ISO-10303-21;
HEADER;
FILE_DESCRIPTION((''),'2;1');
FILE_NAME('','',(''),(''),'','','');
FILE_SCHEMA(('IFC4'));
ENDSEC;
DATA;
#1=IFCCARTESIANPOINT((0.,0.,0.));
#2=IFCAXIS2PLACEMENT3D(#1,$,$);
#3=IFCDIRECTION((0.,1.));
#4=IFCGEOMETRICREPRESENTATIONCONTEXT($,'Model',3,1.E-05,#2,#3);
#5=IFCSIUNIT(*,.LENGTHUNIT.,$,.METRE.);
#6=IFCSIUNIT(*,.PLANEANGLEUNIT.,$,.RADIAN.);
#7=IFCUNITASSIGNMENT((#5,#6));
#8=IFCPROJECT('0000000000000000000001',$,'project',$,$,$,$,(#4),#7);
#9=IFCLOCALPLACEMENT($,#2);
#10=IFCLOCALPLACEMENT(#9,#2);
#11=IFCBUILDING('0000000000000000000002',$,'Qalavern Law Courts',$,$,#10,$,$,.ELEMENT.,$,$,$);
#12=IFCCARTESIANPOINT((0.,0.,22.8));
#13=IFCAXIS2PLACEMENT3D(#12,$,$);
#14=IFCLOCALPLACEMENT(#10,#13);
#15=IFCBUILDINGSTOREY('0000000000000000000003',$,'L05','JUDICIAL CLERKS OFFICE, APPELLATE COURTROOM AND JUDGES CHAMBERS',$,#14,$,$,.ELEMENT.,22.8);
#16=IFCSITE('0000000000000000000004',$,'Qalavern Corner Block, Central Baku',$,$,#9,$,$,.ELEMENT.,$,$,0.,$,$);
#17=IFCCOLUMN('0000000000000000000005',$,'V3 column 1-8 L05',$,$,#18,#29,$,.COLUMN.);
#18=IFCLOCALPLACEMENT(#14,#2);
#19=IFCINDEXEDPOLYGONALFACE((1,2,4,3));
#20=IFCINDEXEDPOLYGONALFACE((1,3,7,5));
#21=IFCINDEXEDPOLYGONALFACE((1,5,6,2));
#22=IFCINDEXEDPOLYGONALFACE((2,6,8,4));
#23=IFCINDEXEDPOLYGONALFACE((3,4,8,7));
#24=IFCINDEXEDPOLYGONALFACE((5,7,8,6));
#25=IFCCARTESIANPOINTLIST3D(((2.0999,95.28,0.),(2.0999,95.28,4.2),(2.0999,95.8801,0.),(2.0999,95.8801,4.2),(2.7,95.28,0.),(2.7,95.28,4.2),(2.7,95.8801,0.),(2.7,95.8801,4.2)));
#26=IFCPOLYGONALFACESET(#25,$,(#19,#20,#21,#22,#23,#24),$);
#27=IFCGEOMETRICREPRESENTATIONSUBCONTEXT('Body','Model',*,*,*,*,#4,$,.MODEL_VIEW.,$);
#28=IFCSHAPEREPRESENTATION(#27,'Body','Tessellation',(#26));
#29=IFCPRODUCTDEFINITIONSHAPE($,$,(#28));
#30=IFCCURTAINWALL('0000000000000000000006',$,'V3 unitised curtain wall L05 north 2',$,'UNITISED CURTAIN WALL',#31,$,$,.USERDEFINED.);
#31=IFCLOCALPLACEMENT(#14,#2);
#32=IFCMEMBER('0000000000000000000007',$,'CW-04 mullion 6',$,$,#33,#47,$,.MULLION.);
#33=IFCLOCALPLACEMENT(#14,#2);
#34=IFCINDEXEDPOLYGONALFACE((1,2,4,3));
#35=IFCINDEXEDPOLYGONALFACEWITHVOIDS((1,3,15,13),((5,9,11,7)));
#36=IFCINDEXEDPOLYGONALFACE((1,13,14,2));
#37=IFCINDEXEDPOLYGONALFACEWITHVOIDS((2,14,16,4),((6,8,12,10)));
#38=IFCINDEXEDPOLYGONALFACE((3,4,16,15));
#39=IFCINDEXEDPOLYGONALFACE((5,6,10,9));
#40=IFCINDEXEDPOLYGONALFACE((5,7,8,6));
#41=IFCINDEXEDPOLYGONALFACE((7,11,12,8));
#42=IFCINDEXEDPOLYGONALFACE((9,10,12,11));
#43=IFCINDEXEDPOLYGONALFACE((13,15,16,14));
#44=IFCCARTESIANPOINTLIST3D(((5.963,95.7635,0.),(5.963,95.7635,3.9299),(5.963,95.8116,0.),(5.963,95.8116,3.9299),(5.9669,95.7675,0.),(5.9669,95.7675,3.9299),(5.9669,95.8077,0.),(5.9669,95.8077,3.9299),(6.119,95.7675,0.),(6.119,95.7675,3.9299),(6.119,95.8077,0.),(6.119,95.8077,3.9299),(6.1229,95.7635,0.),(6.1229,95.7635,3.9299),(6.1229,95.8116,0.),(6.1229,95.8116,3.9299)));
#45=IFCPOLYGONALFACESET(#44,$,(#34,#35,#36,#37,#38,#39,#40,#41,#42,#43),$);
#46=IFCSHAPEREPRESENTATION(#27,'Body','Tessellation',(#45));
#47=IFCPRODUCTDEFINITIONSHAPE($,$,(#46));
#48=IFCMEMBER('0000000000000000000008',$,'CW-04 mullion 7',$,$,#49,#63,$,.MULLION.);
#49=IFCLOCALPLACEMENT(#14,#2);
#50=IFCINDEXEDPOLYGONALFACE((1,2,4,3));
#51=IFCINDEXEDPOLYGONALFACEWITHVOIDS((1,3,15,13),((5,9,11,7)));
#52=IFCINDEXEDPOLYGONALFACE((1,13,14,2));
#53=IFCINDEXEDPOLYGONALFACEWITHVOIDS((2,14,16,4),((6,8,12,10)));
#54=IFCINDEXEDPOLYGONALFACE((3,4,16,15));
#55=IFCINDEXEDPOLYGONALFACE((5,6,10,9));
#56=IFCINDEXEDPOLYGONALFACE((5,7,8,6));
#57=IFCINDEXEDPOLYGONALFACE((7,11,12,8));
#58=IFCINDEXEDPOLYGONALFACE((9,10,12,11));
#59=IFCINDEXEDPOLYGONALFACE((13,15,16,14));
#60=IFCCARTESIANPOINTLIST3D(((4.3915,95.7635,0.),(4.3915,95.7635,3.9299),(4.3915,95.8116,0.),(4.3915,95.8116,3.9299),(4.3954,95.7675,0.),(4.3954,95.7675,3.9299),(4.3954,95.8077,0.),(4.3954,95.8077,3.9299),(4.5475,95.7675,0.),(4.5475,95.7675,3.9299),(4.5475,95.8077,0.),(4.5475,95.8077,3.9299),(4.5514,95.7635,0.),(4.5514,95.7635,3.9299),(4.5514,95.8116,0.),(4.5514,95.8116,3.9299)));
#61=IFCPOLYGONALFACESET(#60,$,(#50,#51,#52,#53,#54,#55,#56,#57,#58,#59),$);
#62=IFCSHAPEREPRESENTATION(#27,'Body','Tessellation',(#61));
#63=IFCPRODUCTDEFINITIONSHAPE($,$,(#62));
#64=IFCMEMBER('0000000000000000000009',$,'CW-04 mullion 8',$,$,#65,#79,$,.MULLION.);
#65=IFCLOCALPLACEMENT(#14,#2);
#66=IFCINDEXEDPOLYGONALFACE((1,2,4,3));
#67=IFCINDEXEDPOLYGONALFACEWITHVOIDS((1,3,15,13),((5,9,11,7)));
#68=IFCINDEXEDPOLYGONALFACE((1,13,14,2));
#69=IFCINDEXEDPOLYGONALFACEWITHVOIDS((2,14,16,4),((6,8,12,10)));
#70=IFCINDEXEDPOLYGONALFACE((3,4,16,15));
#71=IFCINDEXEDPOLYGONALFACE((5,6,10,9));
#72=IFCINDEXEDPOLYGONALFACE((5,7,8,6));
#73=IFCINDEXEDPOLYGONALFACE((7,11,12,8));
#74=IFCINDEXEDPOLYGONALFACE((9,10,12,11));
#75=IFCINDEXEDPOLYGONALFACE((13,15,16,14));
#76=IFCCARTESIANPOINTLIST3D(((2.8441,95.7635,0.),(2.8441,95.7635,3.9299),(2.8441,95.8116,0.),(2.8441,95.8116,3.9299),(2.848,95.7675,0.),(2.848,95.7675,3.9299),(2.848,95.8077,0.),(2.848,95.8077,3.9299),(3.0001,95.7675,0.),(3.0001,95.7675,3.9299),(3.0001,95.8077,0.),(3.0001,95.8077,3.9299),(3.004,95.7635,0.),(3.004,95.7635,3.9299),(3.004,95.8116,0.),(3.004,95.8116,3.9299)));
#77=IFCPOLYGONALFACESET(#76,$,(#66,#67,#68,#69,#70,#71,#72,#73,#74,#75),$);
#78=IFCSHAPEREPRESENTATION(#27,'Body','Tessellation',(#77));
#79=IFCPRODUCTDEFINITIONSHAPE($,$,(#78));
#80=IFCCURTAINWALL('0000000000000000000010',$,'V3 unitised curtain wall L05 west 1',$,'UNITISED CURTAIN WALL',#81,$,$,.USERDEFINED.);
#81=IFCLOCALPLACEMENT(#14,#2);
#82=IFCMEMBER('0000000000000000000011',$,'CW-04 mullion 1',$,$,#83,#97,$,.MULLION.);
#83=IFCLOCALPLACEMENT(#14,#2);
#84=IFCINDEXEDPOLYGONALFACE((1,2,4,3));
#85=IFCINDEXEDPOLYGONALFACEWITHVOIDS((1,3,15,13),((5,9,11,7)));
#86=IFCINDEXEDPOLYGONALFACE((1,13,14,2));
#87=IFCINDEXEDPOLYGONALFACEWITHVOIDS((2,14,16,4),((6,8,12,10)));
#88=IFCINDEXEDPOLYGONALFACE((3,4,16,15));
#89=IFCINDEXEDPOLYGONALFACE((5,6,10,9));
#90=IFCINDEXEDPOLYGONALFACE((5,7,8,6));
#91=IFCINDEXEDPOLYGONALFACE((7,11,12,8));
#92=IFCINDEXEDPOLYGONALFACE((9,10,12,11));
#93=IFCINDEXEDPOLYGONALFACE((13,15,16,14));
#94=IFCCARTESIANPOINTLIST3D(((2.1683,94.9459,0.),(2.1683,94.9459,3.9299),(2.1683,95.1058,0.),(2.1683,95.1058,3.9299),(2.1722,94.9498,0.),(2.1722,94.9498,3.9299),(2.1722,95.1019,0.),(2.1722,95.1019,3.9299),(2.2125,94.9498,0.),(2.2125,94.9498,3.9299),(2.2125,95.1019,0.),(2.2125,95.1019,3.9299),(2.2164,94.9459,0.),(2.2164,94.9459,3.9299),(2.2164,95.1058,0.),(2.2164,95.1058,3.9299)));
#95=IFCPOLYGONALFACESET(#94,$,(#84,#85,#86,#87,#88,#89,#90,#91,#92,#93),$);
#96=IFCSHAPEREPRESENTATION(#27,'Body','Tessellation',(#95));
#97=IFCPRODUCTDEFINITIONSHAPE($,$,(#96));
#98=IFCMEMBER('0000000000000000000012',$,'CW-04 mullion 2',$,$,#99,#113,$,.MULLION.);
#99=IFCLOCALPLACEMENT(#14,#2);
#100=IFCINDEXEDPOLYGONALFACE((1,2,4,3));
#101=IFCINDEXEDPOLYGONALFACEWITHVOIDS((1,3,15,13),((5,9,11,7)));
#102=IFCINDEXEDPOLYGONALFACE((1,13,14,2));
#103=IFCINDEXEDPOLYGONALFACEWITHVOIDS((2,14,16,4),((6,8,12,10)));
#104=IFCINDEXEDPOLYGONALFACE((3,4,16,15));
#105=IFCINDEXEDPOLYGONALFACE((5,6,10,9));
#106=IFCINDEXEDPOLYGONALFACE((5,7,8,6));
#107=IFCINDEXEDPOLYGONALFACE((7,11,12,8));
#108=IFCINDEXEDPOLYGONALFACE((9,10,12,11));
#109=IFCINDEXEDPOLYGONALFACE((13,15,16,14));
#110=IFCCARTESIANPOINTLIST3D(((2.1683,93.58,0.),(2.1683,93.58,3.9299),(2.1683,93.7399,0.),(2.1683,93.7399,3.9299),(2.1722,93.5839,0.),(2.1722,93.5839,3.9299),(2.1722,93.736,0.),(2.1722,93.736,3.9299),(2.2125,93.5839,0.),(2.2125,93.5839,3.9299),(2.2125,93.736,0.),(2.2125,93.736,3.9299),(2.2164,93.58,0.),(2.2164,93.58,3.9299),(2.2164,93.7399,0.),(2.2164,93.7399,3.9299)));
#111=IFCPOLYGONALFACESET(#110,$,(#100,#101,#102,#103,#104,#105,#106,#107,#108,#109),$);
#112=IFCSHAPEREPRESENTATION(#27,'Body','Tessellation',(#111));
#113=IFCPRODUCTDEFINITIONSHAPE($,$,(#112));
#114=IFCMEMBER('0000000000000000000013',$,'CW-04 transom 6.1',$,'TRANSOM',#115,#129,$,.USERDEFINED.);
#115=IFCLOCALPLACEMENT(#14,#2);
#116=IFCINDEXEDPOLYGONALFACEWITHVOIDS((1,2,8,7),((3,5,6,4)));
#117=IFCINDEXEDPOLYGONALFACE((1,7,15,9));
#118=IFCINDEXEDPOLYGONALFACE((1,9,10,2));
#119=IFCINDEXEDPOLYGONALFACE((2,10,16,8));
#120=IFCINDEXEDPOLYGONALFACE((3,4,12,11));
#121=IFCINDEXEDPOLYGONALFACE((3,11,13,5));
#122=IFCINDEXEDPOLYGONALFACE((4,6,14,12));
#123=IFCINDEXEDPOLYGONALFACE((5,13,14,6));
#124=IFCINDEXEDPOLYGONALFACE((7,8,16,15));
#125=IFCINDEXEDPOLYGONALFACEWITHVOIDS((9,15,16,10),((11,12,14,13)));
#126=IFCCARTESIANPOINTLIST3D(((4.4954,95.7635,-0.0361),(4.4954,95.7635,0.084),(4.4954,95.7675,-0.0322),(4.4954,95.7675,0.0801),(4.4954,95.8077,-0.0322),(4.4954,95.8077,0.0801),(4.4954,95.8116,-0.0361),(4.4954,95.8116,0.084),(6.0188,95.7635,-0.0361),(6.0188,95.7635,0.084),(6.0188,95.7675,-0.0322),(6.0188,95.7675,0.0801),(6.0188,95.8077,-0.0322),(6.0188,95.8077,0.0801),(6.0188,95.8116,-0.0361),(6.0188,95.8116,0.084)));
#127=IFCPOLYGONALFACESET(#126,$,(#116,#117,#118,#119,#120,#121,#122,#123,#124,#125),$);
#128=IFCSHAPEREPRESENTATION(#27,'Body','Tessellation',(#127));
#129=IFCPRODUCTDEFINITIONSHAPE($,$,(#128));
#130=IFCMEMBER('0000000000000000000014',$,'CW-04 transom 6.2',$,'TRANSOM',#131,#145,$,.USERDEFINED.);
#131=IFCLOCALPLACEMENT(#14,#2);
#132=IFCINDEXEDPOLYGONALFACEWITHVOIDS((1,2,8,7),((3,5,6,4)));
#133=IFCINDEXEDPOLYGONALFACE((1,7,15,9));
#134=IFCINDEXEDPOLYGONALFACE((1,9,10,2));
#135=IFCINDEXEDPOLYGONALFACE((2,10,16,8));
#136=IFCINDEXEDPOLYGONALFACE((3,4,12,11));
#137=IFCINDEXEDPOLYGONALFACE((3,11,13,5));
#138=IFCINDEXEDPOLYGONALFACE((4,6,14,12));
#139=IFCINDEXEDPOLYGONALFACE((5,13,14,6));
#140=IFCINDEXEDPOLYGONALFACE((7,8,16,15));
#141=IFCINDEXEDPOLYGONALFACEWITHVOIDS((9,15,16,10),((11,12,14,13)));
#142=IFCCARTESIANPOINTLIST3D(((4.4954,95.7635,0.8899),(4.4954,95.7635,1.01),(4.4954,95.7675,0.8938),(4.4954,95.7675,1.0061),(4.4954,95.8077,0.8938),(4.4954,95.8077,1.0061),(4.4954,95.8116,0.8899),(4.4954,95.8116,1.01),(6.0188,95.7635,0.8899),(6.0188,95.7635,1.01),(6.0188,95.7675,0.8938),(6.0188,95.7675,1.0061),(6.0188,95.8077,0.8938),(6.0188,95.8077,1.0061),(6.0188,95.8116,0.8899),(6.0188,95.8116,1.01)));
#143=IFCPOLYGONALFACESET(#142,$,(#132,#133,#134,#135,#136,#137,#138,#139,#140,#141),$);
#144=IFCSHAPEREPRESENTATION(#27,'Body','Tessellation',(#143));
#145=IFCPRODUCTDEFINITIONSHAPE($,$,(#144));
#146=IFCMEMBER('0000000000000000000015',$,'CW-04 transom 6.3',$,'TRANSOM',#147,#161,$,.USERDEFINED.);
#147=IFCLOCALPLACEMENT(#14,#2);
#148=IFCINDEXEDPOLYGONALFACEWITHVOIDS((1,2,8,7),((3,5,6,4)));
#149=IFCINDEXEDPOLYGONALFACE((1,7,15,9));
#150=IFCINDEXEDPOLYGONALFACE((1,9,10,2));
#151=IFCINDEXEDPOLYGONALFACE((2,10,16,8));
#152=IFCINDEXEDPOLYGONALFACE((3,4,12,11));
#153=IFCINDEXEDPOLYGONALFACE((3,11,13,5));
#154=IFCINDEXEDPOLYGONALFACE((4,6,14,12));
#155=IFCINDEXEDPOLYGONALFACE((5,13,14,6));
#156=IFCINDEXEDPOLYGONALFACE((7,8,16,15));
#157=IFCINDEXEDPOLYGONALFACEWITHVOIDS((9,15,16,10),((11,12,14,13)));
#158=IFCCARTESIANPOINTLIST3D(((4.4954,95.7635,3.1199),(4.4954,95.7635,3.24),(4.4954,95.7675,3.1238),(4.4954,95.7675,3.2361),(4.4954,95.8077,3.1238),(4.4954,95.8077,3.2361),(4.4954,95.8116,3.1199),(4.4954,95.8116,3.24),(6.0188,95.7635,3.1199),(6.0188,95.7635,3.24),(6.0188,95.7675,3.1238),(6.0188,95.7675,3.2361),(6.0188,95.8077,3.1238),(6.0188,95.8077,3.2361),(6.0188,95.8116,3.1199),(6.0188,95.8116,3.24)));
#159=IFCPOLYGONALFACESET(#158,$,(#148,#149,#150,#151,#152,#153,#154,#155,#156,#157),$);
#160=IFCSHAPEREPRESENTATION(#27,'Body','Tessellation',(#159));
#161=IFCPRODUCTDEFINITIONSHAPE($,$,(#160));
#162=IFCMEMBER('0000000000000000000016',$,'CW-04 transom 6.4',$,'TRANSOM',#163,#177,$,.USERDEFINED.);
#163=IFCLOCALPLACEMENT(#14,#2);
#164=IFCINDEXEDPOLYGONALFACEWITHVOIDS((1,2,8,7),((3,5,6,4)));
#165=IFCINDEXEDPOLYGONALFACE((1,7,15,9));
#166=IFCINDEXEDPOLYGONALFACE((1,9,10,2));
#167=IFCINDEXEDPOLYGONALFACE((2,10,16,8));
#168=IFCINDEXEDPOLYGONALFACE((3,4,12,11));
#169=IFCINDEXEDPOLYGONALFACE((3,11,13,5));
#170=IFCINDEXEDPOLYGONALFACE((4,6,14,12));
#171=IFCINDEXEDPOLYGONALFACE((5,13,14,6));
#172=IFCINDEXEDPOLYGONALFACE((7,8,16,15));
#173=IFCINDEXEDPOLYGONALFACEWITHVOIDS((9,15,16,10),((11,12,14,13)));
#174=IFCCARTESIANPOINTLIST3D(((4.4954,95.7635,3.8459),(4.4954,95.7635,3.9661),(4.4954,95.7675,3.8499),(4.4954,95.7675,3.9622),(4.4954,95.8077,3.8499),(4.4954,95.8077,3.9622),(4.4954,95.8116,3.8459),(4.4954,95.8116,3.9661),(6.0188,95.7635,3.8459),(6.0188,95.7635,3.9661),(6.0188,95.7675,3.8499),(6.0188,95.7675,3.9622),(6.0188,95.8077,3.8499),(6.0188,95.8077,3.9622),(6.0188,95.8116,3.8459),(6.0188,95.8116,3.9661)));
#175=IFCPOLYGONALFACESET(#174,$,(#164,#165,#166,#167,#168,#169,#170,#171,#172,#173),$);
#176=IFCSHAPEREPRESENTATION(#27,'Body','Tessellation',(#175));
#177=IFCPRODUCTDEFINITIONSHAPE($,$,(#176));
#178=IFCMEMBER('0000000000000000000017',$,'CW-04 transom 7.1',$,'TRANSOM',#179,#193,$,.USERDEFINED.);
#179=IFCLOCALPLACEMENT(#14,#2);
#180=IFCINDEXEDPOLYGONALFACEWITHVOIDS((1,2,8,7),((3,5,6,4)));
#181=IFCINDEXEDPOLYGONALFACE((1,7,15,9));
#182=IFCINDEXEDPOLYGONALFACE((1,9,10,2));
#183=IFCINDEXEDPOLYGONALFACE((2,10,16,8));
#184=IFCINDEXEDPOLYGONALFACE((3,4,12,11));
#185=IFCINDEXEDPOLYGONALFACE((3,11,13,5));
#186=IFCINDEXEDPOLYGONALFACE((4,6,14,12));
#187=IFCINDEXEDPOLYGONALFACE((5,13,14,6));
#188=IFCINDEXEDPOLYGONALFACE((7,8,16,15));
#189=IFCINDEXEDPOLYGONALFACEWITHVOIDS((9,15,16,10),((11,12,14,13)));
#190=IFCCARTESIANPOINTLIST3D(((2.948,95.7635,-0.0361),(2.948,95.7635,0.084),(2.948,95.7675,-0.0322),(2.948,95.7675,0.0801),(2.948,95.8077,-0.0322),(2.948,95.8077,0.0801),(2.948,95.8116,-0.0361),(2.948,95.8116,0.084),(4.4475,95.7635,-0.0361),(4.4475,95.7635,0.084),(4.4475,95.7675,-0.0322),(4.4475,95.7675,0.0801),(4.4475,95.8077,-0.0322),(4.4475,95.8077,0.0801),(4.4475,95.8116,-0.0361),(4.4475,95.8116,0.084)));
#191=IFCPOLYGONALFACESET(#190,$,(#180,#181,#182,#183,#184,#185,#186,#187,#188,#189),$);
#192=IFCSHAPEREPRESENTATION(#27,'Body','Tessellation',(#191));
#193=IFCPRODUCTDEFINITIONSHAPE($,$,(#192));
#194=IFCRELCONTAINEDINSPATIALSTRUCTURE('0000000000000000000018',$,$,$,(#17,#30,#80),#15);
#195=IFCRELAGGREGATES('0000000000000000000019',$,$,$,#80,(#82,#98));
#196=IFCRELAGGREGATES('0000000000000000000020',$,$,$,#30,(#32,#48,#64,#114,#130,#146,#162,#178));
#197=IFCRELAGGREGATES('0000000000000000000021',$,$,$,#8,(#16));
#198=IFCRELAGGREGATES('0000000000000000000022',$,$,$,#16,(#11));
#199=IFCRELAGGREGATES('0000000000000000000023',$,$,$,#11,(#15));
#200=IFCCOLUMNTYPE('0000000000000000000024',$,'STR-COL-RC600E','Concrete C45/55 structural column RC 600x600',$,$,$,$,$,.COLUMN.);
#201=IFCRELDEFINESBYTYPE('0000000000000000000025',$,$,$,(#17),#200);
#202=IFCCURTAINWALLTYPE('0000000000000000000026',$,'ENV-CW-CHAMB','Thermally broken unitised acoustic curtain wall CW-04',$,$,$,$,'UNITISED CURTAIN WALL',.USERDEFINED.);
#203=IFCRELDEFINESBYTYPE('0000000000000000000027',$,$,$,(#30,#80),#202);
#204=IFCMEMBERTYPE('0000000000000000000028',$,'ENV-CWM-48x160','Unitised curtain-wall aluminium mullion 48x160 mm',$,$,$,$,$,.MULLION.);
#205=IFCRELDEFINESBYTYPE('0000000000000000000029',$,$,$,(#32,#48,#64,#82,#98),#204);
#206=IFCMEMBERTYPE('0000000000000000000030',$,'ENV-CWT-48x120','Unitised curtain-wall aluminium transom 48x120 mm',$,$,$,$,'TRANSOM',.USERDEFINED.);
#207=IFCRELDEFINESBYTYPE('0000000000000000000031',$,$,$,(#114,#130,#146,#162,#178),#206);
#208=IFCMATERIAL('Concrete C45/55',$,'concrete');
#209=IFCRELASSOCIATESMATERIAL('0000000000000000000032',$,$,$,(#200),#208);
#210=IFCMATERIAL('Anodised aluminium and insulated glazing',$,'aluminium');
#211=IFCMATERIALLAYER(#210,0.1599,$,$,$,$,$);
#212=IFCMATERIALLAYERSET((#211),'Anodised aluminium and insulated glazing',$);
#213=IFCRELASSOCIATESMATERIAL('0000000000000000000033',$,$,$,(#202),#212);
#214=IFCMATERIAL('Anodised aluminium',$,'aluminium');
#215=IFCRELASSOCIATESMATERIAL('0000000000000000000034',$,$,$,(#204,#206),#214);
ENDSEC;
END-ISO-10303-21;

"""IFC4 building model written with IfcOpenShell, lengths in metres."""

from ifc_helpers import new_model, si_unit, direction, frame, origin, origin_2d, place, context, subcontext, project, spatial, rectangle, hollow_rectangle, extrude, material, layer, layer_set, material_profile, profile_set, type_object, element, aggregate, save


model = new_model("IFC4")

# Units and contexts
model_context = context("Model", 3, precision=1e-05, world=origin(), true_north=direction((0.0, 1.0)))
body_context = subcontext(model_context, "Body", "Model", "MODEL_VIEW")
ifc_project = project(units=[si_unit("LENGTHUNIT", "METRE"), si_unit("PLANEANGLEUNIT", "RADIAN")], contexts=[model_context])

# Site, building, storey
site_placement = place(None, origin())
site = spatial("IfcSite", under=ifc_project, at=site_placement, Name="Qalavern Corner Block, Central Baku", CompositionType="ELEMENT", RefElevation=0.0)
building_placement = place(site_placement, origin())
building = spatial("IfcBuilding", under=site, at=building_placement, Name="Qalavern Law Courts", CompositionType="ELEMENT")
storey_placement = place(building_placement, frame((0.0, 0.0, 22.8)))
storey = spatial("IfcBuildingStorey", under=building, at=storey_placement, Name="L05", Description="JUDICIAL CLERKS OFFICE, APPELLATE COURTROOM AND JUDGES CHAMBERS", CompositionType="ELEMENT", Elevation=22.8)

# Column
ifc_material_1 = material(Name="Concrete C45/55", Category="concrete")
ifc_material_profile_1 = material_profile(ifc_material_1, rectangle(XDim=0.6001, YDim=0.6001, at=origin_2d()), Name="RC 600x600")
ifc_profile_set_1 = profile_set([ifc_material_profile_1], Name="Concrete C45/55")
column_type = type_object("IfcColumnType", Name="STR-COL-RC600E", Description="Concrete C45/55 structural column RC 600x600", PredefinedType="COLUMN", material=ifc_profile_set_1)
column_placement = place(storey_placement, frame((2.3999, 95.5801, 0.0), z_axis=(0.0, 0.0, 1.0), x_axis=(1.0, 0.0, 0.0)))
element("IfcColumn", 1, at=column_placement, inside=storey, type_object=column_type, Name="V3 column 1-8 L05", PredefinedType="COLUMN", context=body_context, shape_type="SweptSolid", body=[
    extrude(rectangle(XDim=0.6001, YDim=0.6001, at=origin_2d()), origin(), (0.0, 0.0, 1.0), 4.2),
])

# Curtain walls, members
ifc_material_2 = material(Name="Anodised aluminium and insulated glazing", Category="aluminium")
ifc_layer_1 = layer(ifc_material_2, 0.1599)
ifc_layer_set_1 = layer_set([ifc_layer_1], Name="Anodised aluminium and insulated glazing")
curtain_wall_type = type_object("IfcCurtainWallType", Name="ENV-CW-CHAMB", Description="Thermally broken unitised acoustic curtain wall CW-04", ElementType="UNITISED CURTAIN WALL", PredefinedType="USERDEFINED", material=ifc_layer_set_1)
curtain_wall_1_placement = place(storey_placement, origin())
curtain_wall_1 = element("IfcCurtainWall", 2, at=curtain_wall_1_placement, inside=storey, type_object=curtain_wall_type, Name="V3 unitised curtain wall L05 north 2", ObjectType="UNITISED CURTAIN WALL", PredefinedType="USERDEFINED")
ifc_material_3 = material(Name="Anodised aluminium", Category="aluminium")
ifc_material_profile_2 = material_profile(ifc_material_3, hollow_rectangle(XDim=0.0481, YDim=0.1599, WallThickness=0.0039, at=origin_2d()), Name="ALU MULLION 48x160")
ifc_profile_set_2 = profile_set([ifc_material_profile_2], Name="Anodised aluminium")
member_type_1 = type_object("IfcMemberType", Name="ENV-CWM-48x160", Description="Unitised curtain-wall aluminium mullion 48x160 mm", PredefinedType="MULLION", material=ifc_profile_set_2)
member_1_placement = place(storey_placement, frame((6.043, 95.7876, 0.0), z_axis=(0.0, 0.0, 1.0), x_axis=(0.0, -1.0, 0.0)))
member_1 = element("IfcMember", 3, at=member_1_placement, type_object=member_type_1, Name="CW-04 mullion 6", PredefinedType="MULLION", context=body_context, shape_type="SweptSolid", body=[
    extrude(hollow_rectangle(XDim=0.0481, YDim=0.1599, WallThickness=0.0039, at=origin_2d()), origin(), (0.0, 0.0, 1.0), 3.9299),
])
member_2_placement = place(storey_placement, frame((4.4714, 95.7876, 0.0), z_axis=(0.0, 0.0, 1.0), x_axis=(0.0, -1.0, 0.0)))
member_2 = element("IfcMember", 4, at=member_2_placement, type_object=member_type_1, Name="CW-04 mullion 7", PredefinedType="MULLION", context=body_context, shape_type="SweptSolid", body=[
    extrude(hollow_rectangle(XDim=0.0481, YDim=0.1599, WallThickness=0.0039, at=origin_2d()), origin(), (0.0, 0.0, 1.0), 3.9299),
])
member_3_placement = place(storey_placement, frame((2.9241, 95.7876, 0.0), z_axis=(0.0, 0.0, 1.0), x_axis=(0.0, -1.0, 0.0)))
member_3 = element("IfcMember", 5, at=member_3_placement, type_object=member_type_1, Name="CW-04 mullion 8", PredefinedType="MULLION", context=body_context, shape_type="SweptSolid", body=[
    extrude(hollow_rectangle(XDim=0.0481, YDim=0.1599, WallThickness=0.0039, at=origin_2d()), origin(), (0.0, 0.0, 1.0), 3.9299),
])
curtain_wall_2_placement = place(storey_placement, origin())
curtain_wall_2 = element("IfcCurtainWall", 6, at=curtain_wall_2_placement, inside=storey, type_object=curtain_wall_type, Name="V3 unitised curtain wall L05 west 1", ObjectType="UNITISED CURTAIN WALL", PredefinedType="USERDEFINED")
member_4_placement = place(storey_placement, frame((2.1924, 95.0259, 0.0), z_axis=(0.0, 0.0, 1.0), x_axis=(1.0, 0.0, 0.0)))
member_4 = element("IfcMember", 7, at=member_4_placement, type_object=member_type_1, Name="CW-04 mullion 1", PredefinedType="MULLION", context=body_context, shape_type="SweptSolid", body=[
    extrude(hollow_rectangle(XDim=0.0481, YDim=0.1599, WallThickness=0.0039, at=origin_2d()), origin(), (0.0, 0.0, 1.0), 3.9299),
])
member_5_placement = place(storey_placement, frame((2.1924, 93.6599, 0.0), z_axis=(0.0, 0.0, 1.0), x_axis=(1.0, 0.0, 0.0)))
member_5 = element("IfcMember", 8, at=member_5_placement, type_object=member_type_1, Name="CW-04 mullion 2", PredefinedType="MULLION", context=body_context, shape_type="SweptSolid", body=[
    extrude(hollow_rectangle(XDim=0.0481, YDim=0.1599, WallThickness=0.0039, at=origin_2d()), origin(), (0.0, 0.0, 1.0), 3.9299),
])

# Members
ifc_material_profile_3 = material_profile(ifc_material_3, hollow_rectangle(XDim=0.0481, YDim=0.1201, WallThickness=0.0039, at=origin_2d()), Name="ALU TRANSOM 48x120")
ifc_profile_set_3 = profile_set([ifc_material_profile_3], Name="Anodised aluminium")
member_type_2 = type_object("IfcMemberType", Name="ENV-CWT-48x120", Description="Unitised curtain-wall aluminium transom 48x120 mm", ElementType="TRANSOM", PredefinedType="USERDEFINED", material=ifc_profile_set_3)
member_6_placement = place(storey_placement, frame((6.0188, 95.7876, 0.0239), z_axis=(-1.0, 0.0, 0.0), x_axis=(0.0, -1.0, 0.0)))
member_6 = element("IfcMember", 9, at=member_6_placement, type_object=member_type_2, Name="CW-04 transom 6.1", ObjectType="TRANSOM", PredefinedType="USERDEFINED", context=body_context, shape_type="SweptSolid", body=[
    extrude(hollow_rectangle(XDim=0.0481, YDim=0.1201, WallThickness=0.0039, at=origin_2d()), origin(), (0.0, 0.0, 1.0), 1.5234),
])
member_7_placement = place(storey_placement, frame((6.0188, 95.7876, 0.95), z_axis=(-1.0, 0.0, 0.0), x_axis=(0.0, -1.0, 0.0)))
member_7 = element("IfcMember", 10, at=member_7_placement, type_object=member_type_2, Name="CW-04 transom 6.2", ObjectType="TRANSOM", PredefinedType="USERDEFINED", context=body_context, shape_type="SweptSolid", body=[
    extrude(hollow_rectangle(XDim=0.0481, YDim=0.1201, WallThickness=0.0039, at=origin_2d()), origin(), (0.0, 0.0, 1.0), 1.5234),
])
member_8_placement = place(storey_placement, frame((6.0188, 95.7876, 3.1799), z_axis=(-1.0, 0.0, 0.0), x_axis=(0.0, -1.0, 0.0)))
member_8 = element("IfcMember", 11, at=member_8_placement, type_object=member_type_2, Name="CW-04 transom 6.3", ObjectType="TRANSOM", PredefinedType="USERDEFINED", context=body_context, shape_type="SweptSolid", body=[
    extrude(hollow_rectangle(XDim=0.0481, YDim=0.1201, WallThickness=0.0039, at=origin_2d()), origin(), (0.0, 0.0, 1.0), 1.5234),
])
member_9_placement = place(storey_placement, frame((6.0188, 95.7876, 3.906), z_axis=(-1.0, 0.0, 0.0), x_axis=(0.0, -1.0, 0.0)))
member_9 = element("IfcMember", 12, at=member_9_placement, type_object=member_type_2, Name="CW-04 transom 6.4", ObjectType="TRANSOM", PredefinedType="USERDEFINED", context=body_context, shape_type="SweptSolid", body=[
    extrude(hollow_rectangle(XDim=0.0481, YDim=0.1201, WallThickness=0.0039, at=origin_2d()), origin(), (0.0, 0.0, 1.0), 1.5234),
])
member_10_placement = place(storey_placement, frame((4.4475, 95.7876, 0.0239), z_axis=(-1.0, 0.0, 0.0), x_axis=(0.0, -1.0, 0.0)))
member_10 = element("IfcMember", 13, at=member_10_placement, type_object=member_type_2, Name="CW-04 transom 7.1", ObjectType="TRANSOM", PredefinedType="USERDEFINED", context=body_context, shape_type="SweptSolid", body=[
    extrude(hollow_rectangle(XDim=0.0481, YDim=0.1201, WallThickness=0.0039, at=origin_2d()), origin(), (0.0, 0.0, 1.0), 1.4995),
])

aggregate(curtain_wall_2, [member_4, member_5])
aggregate(curtain_wall_1, [member_1, member_2, member_3, member_6, member_7, member_8, member_9, member_10])

save(model, "model.ifc")
